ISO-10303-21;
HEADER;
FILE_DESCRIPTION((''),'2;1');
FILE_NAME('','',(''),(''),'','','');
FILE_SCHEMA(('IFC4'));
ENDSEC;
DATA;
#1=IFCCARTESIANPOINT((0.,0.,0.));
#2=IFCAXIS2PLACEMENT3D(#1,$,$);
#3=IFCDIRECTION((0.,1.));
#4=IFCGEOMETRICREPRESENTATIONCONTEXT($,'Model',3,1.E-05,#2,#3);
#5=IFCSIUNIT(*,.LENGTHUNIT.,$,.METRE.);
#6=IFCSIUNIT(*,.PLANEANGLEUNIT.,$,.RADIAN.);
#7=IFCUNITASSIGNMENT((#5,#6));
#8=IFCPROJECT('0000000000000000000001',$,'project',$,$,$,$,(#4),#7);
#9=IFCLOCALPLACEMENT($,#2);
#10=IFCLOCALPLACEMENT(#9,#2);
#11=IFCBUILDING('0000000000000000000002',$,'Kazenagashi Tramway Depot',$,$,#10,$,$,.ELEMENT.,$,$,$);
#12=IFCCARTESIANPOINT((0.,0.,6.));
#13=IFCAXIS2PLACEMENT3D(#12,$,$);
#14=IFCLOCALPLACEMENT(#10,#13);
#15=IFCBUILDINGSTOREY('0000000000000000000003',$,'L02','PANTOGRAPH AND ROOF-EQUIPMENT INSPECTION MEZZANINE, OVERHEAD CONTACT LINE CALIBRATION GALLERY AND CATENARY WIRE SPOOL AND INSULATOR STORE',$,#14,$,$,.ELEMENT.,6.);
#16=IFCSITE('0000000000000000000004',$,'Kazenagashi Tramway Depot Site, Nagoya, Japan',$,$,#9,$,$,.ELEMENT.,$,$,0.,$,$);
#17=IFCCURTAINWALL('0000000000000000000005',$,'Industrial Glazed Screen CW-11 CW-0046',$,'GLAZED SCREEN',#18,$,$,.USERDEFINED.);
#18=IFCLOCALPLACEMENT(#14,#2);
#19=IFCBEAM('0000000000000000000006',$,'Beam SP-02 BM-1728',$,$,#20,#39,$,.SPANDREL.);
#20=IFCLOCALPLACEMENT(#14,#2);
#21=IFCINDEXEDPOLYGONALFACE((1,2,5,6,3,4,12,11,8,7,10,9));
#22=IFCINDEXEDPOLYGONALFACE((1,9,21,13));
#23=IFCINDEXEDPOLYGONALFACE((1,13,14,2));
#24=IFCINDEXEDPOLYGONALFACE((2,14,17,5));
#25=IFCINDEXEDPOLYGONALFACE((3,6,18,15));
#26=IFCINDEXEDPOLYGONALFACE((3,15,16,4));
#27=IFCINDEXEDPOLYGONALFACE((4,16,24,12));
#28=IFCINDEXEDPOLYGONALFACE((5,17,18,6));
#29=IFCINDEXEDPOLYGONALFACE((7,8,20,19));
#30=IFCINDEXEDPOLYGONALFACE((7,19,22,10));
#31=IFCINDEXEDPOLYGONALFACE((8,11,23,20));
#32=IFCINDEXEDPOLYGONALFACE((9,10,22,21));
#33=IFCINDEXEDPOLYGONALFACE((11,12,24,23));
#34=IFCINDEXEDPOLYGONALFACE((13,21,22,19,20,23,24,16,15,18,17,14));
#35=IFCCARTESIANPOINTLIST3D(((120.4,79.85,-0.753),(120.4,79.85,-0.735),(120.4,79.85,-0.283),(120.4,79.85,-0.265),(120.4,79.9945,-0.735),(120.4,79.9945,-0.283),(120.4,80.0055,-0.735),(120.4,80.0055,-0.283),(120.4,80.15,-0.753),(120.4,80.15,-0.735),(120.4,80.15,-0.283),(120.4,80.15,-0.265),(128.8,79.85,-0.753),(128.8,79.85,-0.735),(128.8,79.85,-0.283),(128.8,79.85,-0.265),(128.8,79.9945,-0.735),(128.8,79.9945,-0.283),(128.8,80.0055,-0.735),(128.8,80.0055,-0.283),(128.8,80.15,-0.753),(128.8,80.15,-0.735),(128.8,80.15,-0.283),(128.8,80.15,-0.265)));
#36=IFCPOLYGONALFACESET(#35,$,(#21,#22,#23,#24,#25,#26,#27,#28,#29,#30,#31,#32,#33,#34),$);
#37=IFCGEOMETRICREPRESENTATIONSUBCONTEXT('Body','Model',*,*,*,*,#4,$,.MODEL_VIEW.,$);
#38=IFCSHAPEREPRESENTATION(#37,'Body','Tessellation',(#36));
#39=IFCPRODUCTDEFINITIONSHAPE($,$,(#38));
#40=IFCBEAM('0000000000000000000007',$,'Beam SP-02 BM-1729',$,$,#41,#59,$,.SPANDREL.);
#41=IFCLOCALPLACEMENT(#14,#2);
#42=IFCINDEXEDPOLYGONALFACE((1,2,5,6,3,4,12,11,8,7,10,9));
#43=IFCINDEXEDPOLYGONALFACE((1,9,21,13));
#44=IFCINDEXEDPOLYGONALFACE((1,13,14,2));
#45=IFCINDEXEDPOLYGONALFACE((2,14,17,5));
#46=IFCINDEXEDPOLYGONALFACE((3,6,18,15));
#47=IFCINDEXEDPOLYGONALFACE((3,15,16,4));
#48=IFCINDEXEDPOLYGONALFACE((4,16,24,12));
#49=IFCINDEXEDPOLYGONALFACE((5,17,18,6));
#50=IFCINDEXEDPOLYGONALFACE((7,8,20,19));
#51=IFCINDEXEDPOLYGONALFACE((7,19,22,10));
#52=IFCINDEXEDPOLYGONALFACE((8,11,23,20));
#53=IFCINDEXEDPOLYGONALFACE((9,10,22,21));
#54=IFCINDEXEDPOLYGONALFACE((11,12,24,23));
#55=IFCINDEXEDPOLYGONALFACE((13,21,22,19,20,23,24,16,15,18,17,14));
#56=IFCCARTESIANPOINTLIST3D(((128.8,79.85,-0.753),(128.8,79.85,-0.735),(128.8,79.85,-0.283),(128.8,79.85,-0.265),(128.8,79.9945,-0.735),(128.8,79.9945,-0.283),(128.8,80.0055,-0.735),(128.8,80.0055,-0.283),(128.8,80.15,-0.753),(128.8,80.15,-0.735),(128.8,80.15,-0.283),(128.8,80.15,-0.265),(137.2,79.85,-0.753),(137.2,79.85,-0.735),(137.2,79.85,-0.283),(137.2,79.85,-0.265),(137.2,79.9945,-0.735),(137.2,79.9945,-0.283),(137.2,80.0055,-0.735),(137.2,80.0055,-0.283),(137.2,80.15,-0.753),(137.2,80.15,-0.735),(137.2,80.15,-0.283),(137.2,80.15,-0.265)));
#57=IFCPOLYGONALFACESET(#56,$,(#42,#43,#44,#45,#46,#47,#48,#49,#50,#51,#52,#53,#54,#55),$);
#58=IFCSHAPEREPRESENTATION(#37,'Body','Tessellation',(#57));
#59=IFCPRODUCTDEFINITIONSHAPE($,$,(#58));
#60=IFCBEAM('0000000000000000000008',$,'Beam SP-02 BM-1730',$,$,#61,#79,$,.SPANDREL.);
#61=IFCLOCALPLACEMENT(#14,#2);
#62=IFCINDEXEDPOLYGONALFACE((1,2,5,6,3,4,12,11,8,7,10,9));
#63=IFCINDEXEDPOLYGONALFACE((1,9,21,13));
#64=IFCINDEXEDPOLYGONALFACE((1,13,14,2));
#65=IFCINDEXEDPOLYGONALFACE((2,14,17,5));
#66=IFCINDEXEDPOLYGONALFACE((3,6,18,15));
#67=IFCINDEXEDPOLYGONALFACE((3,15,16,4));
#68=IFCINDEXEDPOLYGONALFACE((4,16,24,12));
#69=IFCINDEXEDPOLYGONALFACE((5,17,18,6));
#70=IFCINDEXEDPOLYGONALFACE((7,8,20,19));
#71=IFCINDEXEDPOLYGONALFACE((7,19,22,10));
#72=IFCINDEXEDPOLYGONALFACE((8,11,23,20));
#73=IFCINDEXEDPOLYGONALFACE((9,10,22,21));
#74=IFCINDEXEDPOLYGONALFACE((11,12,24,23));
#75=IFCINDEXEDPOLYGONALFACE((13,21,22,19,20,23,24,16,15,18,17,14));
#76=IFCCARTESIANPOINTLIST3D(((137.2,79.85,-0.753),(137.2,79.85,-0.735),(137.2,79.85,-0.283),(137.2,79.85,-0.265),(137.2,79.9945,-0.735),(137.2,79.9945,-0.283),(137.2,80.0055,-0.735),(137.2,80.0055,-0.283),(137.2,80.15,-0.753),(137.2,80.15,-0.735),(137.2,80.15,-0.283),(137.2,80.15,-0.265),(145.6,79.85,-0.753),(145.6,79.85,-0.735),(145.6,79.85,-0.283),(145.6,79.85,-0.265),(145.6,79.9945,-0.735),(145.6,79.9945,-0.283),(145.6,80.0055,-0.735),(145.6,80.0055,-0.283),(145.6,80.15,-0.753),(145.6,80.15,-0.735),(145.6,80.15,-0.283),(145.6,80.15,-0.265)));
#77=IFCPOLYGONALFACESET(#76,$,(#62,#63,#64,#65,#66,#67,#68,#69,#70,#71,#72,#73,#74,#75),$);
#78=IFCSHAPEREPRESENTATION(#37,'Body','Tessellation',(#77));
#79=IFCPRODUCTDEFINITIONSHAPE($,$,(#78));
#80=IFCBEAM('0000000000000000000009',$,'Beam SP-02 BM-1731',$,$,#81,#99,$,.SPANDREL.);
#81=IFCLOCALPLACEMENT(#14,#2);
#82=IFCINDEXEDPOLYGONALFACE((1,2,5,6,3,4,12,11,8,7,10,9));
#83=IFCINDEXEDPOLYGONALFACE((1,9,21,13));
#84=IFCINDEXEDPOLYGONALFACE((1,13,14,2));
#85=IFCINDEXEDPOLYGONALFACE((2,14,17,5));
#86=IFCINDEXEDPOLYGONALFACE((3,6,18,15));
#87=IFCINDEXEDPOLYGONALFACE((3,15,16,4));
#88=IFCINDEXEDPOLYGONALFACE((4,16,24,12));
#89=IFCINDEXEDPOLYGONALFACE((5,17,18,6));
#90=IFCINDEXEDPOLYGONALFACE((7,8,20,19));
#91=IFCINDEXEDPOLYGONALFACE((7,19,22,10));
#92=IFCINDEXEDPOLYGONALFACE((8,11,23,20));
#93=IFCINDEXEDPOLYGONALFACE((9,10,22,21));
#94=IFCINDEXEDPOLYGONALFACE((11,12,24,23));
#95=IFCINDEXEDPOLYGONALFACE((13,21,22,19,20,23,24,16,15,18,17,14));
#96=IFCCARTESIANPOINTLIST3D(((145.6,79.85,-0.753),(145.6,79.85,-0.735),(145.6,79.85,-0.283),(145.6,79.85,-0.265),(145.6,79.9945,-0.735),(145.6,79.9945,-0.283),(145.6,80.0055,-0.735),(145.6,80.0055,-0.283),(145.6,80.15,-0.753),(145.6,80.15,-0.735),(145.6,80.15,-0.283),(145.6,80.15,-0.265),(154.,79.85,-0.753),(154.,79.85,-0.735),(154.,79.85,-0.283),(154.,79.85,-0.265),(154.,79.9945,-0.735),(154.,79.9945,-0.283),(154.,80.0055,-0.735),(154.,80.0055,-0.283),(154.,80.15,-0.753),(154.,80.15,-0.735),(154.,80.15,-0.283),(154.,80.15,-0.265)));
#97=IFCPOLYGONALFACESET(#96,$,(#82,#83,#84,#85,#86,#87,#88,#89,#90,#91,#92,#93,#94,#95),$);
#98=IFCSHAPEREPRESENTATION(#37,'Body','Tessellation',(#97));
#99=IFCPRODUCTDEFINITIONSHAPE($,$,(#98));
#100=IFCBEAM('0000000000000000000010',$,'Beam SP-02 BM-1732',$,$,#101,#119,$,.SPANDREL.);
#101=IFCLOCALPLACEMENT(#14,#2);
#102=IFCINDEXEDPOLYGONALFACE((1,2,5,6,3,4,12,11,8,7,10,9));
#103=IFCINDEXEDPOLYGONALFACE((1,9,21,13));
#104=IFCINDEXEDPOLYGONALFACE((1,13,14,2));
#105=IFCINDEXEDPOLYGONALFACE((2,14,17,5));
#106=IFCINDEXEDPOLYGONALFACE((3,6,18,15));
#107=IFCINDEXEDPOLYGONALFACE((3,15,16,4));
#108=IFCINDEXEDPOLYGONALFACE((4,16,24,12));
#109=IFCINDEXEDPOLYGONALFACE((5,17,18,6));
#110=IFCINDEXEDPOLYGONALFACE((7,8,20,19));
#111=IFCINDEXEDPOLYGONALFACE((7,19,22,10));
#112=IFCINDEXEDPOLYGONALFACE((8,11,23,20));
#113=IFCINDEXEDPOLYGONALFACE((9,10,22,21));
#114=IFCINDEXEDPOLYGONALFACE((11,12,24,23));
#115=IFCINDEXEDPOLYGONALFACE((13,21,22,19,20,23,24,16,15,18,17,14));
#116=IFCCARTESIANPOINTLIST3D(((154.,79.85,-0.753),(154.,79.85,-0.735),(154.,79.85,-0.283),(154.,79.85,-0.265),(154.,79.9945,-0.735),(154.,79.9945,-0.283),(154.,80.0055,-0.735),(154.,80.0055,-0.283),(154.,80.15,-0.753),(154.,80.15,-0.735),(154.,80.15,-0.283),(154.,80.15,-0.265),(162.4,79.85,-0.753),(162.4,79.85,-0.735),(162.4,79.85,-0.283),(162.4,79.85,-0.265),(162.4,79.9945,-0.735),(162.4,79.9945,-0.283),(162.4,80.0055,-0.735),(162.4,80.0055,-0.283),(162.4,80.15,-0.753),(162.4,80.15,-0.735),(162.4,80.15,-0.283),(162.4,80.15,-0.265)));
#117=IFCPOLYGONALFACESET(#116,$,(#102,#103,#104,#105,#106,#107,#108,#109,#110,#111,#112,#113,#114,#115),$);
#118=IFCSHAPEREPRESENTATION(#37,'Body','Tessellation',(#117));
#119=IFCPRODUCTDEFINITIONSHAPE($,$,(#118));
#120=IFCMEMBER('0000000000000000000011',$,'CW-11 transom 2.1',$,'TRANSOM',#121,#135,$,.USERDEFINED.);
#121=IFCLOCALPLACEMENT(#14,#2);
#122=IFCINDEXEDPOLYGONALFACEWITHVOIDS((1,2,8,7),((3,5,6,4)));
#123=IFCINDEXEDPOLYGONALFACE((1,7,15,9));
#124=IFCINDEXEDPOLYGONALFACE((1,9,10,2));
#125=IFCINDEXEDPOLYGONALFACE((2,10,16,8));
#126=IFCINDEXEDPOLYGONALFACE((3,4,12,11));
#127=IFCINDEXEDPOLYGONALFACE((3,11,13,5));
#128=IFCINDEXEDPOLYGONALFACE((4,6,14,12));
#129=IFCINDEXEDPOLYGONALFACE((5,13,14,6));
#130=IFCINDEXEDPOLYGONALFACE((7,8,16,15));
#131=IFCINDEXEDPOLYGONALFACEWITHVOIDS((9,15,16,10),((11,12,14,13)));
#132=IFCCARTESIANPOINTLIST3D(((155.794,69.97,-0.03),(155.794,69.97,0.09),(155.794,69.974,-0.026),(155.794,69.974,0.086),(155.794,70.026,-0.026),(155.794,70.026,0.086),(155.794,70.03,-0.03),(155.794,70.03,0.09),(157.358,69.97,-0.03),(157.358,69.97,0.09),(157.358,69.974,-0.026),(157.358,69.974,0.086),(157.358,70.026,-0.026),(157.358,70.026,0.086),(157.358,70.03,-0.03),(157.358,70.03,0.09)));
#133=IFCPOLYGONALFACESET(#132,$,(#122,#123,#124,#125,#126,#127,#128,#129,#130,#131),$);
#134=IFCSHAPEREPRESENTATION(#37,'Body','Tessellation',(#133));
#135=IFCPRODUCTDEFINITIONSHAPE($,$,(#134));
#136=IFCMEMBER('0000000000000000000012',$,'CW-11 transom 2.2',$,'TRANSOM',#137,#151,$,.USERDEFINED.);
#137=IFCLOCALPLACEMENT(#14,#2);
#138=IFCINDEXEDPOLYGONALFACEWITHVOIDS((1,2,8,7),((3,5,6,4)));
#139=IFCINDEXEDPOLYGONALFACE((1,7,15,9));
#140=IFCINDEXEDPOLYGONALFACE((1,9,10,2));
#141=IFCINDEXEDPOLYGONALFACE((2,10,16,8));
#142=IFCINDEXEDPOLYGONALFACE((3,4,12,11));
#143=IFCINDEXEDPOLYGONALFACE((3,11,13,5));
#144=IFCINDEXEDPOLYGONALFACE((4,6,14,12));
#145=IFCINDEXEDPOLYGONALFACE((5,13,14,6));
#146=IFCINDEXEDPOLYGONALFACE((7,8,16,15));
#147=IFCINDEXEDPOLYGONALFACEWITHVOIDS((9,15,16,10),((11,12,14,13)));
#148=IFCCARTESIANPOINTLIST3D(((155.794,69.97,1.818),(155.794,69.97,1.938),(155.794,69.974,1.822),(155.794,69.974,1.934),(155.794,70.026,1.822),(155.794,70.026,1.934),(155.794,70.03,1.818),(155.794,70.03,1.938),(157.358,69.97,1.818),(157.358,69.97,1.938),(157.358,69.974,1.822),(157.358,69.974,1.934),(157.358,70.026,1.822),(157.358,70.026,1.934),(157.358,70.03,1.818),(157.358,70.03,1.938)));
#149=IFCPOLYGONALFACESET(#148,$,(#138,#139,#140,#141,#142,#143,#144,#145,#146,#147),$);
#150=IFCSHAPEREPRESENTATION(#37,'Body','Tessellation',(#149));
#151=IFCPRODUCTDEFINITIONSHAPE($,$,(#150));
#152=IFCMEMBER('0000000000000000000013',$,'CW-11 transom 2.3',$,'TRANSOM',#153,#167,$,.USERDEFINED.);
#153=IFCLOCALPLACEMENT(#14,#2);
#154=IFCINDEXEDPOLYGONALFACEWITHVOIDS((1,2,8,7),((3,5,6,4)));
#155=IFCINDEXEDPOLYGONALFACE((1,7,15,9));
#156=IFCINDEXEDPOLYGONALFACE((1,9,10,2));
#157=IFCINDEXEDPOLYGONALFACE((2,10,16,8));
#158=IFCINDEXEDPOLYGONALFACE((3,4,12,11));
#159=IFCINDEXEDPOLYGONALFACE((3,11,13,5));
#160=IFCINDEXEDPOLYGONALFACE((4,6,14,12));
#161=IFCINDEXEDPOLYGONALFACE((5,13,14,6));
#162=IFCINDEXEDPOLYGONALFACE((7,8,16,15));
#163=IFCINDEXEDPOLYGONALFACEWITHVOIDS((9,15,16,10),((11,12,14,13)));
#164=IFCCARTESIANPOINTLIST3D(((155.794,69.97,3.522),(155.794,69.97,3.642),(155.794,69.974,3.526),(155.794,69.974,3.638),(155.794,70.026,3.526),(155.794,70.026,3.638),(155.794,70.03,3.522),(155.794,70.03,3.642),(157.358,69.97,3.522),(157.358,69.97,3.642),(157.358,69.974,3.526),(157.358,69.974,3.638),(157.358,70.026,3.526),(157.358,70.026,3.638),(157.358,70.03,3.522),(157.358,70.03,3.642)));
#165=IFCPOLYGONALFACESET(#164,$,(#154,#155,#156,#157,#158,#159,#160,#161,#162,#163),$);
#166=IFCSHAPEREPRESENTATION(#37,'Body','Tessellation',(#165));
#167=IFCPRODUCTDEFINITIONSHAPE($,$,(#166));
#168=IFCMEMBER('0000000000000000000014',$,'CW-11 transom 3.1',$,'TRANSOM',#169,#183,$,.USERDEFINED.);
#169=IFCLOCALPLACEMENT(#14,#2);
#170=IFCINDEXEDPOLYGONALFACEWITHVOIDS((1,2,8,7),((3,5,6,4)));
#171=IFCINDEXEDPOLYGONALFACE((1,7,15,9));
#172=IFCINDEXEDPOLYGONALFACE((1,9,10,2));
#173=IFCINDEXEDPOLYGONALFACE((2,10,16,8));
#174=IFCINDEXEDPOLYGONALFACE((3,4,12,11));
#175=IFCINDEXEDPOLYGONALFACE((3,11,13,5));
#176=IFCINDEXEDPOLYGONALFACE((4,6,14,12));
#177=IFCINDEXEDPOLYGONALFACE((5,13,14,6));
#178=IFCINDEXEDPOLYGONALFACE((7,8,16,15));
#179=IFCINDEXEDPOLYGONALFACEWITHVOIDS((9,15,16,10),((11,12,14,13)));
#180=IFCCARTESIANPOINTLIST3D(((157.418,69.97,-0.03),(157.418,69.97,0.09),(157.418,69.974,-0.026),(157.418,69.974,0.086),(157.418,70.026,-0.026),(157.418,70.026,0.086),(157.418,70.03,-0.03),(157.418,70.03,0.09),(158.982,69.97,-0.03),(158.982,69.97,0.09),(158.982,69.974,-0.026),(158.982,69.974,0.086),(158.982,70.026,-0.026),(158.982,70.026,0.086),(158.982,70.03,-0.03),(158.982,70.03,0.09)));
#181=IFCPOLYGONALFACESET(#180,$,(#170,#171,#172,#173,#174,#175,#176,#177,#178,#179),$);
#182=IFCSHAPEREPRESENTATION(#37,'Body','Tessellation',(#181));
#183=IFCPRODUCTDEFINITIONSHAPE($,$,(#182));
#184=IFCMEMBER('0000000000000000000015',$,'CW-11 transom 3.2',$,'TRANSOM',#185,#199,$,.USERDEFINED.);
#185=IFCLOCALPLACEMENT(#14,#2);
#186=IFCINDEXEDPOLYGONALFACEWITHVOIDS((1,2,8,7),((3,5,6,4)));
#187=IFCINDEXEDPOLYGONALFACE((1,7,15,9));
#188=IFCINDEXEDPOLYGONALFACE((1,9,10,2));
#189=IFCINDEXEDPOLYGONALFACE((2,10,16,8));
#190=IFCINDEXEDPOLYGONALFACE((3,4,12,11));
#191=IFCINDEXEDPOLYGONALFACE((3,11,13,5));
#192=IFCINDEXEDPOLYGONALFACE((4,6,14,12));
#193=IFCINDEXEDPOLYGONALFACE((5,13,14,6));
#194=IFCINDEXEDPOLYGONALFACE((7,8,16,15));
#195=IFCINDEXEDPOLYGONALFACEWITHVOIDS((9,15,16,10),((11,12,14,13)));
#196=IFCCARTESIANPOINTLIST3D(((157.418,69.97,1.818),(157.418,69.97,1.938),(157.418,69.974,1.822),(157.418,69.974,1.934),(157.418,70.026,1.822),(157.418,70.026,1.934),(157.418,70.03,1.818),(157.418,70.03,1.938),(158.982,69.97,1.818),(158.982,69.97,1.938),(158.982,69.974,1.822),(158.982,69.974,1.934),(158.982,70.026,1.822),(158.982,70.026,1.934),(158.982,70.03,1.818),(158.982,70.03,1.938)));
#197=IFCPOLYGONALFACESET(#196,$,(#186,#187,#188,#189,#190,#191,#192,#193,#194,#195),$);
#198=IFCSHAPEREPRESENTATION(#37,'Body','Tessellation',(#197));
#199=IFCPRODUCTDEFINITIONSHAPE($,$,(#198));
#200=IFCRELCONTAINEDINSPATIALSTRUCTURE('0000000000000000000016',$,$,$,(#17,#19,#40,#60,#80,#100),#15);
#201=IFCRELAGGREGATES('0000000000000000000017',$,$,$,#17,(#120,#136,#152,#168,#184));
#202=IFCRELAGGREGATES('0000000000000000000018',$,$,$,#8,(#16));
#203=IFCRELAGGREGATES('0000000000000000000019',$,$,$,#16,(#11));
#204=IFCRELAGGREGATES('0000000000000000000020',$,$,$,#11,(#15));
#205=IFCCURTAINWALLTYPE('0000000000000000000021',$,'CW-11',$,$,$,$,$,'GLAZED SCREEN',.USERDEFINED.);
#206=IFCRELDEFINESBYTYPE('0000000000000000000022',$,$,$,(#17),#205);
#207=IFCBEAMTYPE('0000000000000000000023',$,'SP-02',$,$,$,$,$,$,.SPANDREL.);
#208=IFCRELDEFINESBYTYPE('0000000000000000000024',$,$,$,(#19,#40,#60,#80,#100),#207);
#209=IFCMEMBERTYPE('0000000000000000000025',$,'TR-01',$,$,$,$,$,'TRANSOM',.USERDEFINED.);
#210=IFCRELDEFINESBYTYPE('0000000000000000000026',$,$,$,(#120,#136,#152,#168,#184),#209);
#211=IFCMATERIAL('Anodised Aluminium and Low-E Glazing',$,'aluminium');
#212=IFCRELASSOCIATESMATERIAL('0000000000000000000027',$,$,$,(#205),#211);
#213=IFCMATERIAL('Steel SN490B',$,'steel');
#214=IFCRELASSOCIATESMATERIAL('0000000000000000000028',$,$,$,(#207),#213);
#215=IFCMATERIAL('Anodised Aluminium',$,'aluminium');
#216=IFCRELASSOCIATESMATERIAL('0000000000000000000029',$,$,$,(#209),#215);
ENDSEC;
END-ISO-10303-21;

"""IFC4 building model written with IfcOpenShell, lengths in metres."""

from ifc_helpers import new_model, si_unit, direction, frame, origin, origin_2d, place, context, subcontext, project, spatial, hollow_rectangle, i_section, extrude, material, material_profile, profile_set, type_object, element, aggregate, save


model = new_model("IFC4")

# Units and contexts
model_context = context("Model", 3, precision=1e-05, world=origin(), true_north=direction((0.0, 1.0)))
body_context = subcontext(model_context, "Body", "Model", "MODEL_VIEW")
ifc_project = project(units=[si_unit("LENGTHUNIT", "METRE"), si_unit("PLANEANGLEUNIT", "RADIAN")], contexts=[model_context])

# Site, building, storey
site_placement = place(None, origin())
site = spatial("IfcSite", under=ifc_project, at=site_placement, Name="Kazenagashi Tramway Depot Site, Nagoya, Japan", CompositionType="ELEMENT", RefElevation=0.0)
building_placement = place(site_placement, origin())
building = spatial("IfcBuilding", under=site, at=building_placement, Name="Kazenagashi Tramway Depot", CompositionType="ELEMENT")
storey_placement = place(building_placement, frame((0.0, 0.0, 6.0)))
storey = spatial("IfcBuildingStorey", under=building, at=storey_placement, Name="L02", Description="PANTOGRAPH AND ROOF-EQUIPMENT INSPECTION MEZZANINE, OVERHEAD CONTACT LINE CALIBRATION GALLERY AND CATENARY WIRE SPOOL AND INSULATOR STORE", CompositionType="ELEMENT", Elevation=6.0)

# Curtain wall
ifc_material_1 = material(Name="Anodised Aluminium and Low-E Glazing", Category="aluminium")
curtain_wall_type = type_object("IfcCurtainWallType", Name="CW-11", ElementType="GLAZED SCREEN", PredefinedType="USERDEFINED", material=ifc_material_1)
curtain_wall_placement = place(storey_placement, origin())
curtain_wall = element("IfcCurtainWall", 1, at=curtain_wall_placement, inside=storey, type_object=curtain_wall_type, Name="Industrial Glazed Screen CW-11 CW-0046", ObjectType="GLAZED SCREEN", PredefinedType="USERDEFINED")
ifc_material_2 = material(Name="Anodised Aluminium", Category="aluminium")

# Beams
ifc_material_3 = material(Name="Steel SN490B", Category="steel")
ifc_material_profile_1 = material_profile(ifc_material_3, i_section(OverallWidth=0.3, OverallDepth=0.488, WebThickness=0.011, FlangeThickness=0.018, at=origin_2d()), Name="H-488x300x11x18")
ifc_profile_set_1 = profile_set([ifc_material_profile_1], Name="Steel SN490B")
beam_type_1 = type_object("IfcBeamType", Name="SP-02", PredefinedType="SPANDREL", material=ifc_profile_set_1)
for number, where, z_axis, x_axis, name in (
    (2, (120.4, 80.0, -0.509), (1.0, 0.0, 0.0), (0.0, 1.0, 0.0), "Beam SP-02 BM-1728"),
    (3, (128.8, 80.0, -0.509), (1.0, 0.0, 0.0), (0.0, 1.0, 0.0), "Beam SP-02 BM-1729"),
    (4, (137.2, 80.0, -0.509), (1.0, 0.0, 0.0), (0.0, 1.0, 0.0), "Beam SP-02 BM-1730"),
    (5, (145.6, 80.0, -0.509), (1.0, 0.0, 0.0), (0.0, 1.0, 0.0), "Beam SP-02 BM-1731"),
    (6, (154.0, 80.0, -0.509), (1.0, 0.0, 0.0), (0.0, 1.0, 0.0), "Beam SP-02 BM-1732"),
):
    element("IfcBeam", number, at=place(storey_placement, frame(where, z_axis=z_axis, x_axis=x_axis)), inside=storey, type_object=beam_type_1, Name=name, PredefinedType="SPANDREL", context=body_context, shape_type="SweptSolid", body=[
        extrude(i_section(OverallWidth=0.3, OverallDepth=0.488, WebThickness=0.011, FlangeThickness=0.018, at=origin_2d()), origin(), (0.0, 0.0, 1.0), 8.4),
    ])

# Members
ifc_material_profile_2 = material_profile(ifc_material_2, hollow_rectangle(XDim=0.06, YDim=0.12, WallThickness=0.004, at=origin_2d()), Name="RHS-120x60x4")
ifc_profile_set_2 = profile_set([ifc_material_profile_2], Name="Anodised Aluminium")
member_type_1 = type_object("IfcMemberType", Name="TR-01", ElementType="TRANSOM", PredefinedType="USERDEFINED", material=ifc_profile_set_2)
member_1_placement = place(storey_placement, frame((155.794, 70.0, 0.03), z_axis=(1.0, 0.0, 0.0), x_axis=(0.0, 1.0, 0.0)))
member_1 = element("IfcMember", 7, at=member_1_placement, type_object=member_type_1, Name="CW-11 transom 2.1", ObjectType="TRANSOM", PredefinedType="USERDEFINED", context=body_context, shape_type="SweptSolid", body=[
    extrude(hollow_rectangle(XDim=0.06, YDim=0.12, WallThickness=0.004, at=origin_2d()), origin(), (0.0, 0.0, 1.0), 1.564),
])
member_2_placement = place(storey_placement, frame((155.794, 70.0, 1.878), z_axis=(1.0, 0.0, 0.0), x_axis=(0.0, 1.0, 0.0)))
member_2 = element("IfcMember", 8, at=member_2_placement, type_object=member_type_1, Name="CW-11 transom 2.2", ObjectType="TRANSOM", PredefinedType="USERDEFINED", context=body_context, shape_type="SweptSolid", body=[
    extrude(hollow_rectangle(XDim=0.06, YDim=0.12, WallThickness=0.004, at=origin_2d()), origin(), (0.0, 0.0, 1.0), 1.564),
])
member_3_placement = place(storey_placement, frame((155.794, 70.0, 3.582), z_axis=(1.0, 0.0, 0.0), x_axis=(0.0, 1.0, 0.0)))
member_3 = element("IfcMember", 9, at=member_3_placement, type_object=member_type_1, Name="CW-11 transom 2.3", ObjectType="TRANSOM", PredefinedType="USERDEFINED", context=body_context, shape_type="SweptSolid", body=[
    extrude(hollow_rectangle(XDim=0.06, YDim=0.12, WallThickness=0.004, at=origin_2d()), origin(), (0.0, 0.0, 1.0), 1.564),
])
member_4_placement = place(storey_placement, frame((157.418, 70.0, 0.03), z_axis=(1.0, 0.0, 0.0), x_axis=(0.0, 1.0, 0.0)))
member_4 = element("IfcMember", 10, at=member_4_placement, type_object=member_type_1, Name="CW-11 transom 3.1", ObjectType="TRANSOM", PredefinedType="USERDEFINED", context=body_context, shape_type="SweptSolid", body=[
    extrude(hollow_rectangle(XDim=0.06, YDim=0.12, WallThickness=0.004, at=origin_2d()), origin(), (0.0, 0.0, 1.0), 1.564),
])
member_5_placement = place(storey_placement, frame((157.418, 70.0, 1.878), z_axis=(1.0, 0.0, 0.0), x_axis=(0.0, 1.0, 0.0)))
member_5 = element("IfcMember", 11, at=member_5_placement, type_object=member_type_1, Name="CW-11 transom 3.2", ObjectType="TRANSOM", PredefinedType="USERDEFINED", context=body_context, shape_type="SweptSolid", body=[
    extrude(hollow_rectangle(XDim=0.06, YDim=0.12, WallThickness=0.004, at=origin_2d()), origin(), (0.0, 0.0, 1.0), 1.564),
])

aggregate(curtain_wall, [member_1, member_2, member_3, member_4, member_5])

save(model, "model.ifc")
